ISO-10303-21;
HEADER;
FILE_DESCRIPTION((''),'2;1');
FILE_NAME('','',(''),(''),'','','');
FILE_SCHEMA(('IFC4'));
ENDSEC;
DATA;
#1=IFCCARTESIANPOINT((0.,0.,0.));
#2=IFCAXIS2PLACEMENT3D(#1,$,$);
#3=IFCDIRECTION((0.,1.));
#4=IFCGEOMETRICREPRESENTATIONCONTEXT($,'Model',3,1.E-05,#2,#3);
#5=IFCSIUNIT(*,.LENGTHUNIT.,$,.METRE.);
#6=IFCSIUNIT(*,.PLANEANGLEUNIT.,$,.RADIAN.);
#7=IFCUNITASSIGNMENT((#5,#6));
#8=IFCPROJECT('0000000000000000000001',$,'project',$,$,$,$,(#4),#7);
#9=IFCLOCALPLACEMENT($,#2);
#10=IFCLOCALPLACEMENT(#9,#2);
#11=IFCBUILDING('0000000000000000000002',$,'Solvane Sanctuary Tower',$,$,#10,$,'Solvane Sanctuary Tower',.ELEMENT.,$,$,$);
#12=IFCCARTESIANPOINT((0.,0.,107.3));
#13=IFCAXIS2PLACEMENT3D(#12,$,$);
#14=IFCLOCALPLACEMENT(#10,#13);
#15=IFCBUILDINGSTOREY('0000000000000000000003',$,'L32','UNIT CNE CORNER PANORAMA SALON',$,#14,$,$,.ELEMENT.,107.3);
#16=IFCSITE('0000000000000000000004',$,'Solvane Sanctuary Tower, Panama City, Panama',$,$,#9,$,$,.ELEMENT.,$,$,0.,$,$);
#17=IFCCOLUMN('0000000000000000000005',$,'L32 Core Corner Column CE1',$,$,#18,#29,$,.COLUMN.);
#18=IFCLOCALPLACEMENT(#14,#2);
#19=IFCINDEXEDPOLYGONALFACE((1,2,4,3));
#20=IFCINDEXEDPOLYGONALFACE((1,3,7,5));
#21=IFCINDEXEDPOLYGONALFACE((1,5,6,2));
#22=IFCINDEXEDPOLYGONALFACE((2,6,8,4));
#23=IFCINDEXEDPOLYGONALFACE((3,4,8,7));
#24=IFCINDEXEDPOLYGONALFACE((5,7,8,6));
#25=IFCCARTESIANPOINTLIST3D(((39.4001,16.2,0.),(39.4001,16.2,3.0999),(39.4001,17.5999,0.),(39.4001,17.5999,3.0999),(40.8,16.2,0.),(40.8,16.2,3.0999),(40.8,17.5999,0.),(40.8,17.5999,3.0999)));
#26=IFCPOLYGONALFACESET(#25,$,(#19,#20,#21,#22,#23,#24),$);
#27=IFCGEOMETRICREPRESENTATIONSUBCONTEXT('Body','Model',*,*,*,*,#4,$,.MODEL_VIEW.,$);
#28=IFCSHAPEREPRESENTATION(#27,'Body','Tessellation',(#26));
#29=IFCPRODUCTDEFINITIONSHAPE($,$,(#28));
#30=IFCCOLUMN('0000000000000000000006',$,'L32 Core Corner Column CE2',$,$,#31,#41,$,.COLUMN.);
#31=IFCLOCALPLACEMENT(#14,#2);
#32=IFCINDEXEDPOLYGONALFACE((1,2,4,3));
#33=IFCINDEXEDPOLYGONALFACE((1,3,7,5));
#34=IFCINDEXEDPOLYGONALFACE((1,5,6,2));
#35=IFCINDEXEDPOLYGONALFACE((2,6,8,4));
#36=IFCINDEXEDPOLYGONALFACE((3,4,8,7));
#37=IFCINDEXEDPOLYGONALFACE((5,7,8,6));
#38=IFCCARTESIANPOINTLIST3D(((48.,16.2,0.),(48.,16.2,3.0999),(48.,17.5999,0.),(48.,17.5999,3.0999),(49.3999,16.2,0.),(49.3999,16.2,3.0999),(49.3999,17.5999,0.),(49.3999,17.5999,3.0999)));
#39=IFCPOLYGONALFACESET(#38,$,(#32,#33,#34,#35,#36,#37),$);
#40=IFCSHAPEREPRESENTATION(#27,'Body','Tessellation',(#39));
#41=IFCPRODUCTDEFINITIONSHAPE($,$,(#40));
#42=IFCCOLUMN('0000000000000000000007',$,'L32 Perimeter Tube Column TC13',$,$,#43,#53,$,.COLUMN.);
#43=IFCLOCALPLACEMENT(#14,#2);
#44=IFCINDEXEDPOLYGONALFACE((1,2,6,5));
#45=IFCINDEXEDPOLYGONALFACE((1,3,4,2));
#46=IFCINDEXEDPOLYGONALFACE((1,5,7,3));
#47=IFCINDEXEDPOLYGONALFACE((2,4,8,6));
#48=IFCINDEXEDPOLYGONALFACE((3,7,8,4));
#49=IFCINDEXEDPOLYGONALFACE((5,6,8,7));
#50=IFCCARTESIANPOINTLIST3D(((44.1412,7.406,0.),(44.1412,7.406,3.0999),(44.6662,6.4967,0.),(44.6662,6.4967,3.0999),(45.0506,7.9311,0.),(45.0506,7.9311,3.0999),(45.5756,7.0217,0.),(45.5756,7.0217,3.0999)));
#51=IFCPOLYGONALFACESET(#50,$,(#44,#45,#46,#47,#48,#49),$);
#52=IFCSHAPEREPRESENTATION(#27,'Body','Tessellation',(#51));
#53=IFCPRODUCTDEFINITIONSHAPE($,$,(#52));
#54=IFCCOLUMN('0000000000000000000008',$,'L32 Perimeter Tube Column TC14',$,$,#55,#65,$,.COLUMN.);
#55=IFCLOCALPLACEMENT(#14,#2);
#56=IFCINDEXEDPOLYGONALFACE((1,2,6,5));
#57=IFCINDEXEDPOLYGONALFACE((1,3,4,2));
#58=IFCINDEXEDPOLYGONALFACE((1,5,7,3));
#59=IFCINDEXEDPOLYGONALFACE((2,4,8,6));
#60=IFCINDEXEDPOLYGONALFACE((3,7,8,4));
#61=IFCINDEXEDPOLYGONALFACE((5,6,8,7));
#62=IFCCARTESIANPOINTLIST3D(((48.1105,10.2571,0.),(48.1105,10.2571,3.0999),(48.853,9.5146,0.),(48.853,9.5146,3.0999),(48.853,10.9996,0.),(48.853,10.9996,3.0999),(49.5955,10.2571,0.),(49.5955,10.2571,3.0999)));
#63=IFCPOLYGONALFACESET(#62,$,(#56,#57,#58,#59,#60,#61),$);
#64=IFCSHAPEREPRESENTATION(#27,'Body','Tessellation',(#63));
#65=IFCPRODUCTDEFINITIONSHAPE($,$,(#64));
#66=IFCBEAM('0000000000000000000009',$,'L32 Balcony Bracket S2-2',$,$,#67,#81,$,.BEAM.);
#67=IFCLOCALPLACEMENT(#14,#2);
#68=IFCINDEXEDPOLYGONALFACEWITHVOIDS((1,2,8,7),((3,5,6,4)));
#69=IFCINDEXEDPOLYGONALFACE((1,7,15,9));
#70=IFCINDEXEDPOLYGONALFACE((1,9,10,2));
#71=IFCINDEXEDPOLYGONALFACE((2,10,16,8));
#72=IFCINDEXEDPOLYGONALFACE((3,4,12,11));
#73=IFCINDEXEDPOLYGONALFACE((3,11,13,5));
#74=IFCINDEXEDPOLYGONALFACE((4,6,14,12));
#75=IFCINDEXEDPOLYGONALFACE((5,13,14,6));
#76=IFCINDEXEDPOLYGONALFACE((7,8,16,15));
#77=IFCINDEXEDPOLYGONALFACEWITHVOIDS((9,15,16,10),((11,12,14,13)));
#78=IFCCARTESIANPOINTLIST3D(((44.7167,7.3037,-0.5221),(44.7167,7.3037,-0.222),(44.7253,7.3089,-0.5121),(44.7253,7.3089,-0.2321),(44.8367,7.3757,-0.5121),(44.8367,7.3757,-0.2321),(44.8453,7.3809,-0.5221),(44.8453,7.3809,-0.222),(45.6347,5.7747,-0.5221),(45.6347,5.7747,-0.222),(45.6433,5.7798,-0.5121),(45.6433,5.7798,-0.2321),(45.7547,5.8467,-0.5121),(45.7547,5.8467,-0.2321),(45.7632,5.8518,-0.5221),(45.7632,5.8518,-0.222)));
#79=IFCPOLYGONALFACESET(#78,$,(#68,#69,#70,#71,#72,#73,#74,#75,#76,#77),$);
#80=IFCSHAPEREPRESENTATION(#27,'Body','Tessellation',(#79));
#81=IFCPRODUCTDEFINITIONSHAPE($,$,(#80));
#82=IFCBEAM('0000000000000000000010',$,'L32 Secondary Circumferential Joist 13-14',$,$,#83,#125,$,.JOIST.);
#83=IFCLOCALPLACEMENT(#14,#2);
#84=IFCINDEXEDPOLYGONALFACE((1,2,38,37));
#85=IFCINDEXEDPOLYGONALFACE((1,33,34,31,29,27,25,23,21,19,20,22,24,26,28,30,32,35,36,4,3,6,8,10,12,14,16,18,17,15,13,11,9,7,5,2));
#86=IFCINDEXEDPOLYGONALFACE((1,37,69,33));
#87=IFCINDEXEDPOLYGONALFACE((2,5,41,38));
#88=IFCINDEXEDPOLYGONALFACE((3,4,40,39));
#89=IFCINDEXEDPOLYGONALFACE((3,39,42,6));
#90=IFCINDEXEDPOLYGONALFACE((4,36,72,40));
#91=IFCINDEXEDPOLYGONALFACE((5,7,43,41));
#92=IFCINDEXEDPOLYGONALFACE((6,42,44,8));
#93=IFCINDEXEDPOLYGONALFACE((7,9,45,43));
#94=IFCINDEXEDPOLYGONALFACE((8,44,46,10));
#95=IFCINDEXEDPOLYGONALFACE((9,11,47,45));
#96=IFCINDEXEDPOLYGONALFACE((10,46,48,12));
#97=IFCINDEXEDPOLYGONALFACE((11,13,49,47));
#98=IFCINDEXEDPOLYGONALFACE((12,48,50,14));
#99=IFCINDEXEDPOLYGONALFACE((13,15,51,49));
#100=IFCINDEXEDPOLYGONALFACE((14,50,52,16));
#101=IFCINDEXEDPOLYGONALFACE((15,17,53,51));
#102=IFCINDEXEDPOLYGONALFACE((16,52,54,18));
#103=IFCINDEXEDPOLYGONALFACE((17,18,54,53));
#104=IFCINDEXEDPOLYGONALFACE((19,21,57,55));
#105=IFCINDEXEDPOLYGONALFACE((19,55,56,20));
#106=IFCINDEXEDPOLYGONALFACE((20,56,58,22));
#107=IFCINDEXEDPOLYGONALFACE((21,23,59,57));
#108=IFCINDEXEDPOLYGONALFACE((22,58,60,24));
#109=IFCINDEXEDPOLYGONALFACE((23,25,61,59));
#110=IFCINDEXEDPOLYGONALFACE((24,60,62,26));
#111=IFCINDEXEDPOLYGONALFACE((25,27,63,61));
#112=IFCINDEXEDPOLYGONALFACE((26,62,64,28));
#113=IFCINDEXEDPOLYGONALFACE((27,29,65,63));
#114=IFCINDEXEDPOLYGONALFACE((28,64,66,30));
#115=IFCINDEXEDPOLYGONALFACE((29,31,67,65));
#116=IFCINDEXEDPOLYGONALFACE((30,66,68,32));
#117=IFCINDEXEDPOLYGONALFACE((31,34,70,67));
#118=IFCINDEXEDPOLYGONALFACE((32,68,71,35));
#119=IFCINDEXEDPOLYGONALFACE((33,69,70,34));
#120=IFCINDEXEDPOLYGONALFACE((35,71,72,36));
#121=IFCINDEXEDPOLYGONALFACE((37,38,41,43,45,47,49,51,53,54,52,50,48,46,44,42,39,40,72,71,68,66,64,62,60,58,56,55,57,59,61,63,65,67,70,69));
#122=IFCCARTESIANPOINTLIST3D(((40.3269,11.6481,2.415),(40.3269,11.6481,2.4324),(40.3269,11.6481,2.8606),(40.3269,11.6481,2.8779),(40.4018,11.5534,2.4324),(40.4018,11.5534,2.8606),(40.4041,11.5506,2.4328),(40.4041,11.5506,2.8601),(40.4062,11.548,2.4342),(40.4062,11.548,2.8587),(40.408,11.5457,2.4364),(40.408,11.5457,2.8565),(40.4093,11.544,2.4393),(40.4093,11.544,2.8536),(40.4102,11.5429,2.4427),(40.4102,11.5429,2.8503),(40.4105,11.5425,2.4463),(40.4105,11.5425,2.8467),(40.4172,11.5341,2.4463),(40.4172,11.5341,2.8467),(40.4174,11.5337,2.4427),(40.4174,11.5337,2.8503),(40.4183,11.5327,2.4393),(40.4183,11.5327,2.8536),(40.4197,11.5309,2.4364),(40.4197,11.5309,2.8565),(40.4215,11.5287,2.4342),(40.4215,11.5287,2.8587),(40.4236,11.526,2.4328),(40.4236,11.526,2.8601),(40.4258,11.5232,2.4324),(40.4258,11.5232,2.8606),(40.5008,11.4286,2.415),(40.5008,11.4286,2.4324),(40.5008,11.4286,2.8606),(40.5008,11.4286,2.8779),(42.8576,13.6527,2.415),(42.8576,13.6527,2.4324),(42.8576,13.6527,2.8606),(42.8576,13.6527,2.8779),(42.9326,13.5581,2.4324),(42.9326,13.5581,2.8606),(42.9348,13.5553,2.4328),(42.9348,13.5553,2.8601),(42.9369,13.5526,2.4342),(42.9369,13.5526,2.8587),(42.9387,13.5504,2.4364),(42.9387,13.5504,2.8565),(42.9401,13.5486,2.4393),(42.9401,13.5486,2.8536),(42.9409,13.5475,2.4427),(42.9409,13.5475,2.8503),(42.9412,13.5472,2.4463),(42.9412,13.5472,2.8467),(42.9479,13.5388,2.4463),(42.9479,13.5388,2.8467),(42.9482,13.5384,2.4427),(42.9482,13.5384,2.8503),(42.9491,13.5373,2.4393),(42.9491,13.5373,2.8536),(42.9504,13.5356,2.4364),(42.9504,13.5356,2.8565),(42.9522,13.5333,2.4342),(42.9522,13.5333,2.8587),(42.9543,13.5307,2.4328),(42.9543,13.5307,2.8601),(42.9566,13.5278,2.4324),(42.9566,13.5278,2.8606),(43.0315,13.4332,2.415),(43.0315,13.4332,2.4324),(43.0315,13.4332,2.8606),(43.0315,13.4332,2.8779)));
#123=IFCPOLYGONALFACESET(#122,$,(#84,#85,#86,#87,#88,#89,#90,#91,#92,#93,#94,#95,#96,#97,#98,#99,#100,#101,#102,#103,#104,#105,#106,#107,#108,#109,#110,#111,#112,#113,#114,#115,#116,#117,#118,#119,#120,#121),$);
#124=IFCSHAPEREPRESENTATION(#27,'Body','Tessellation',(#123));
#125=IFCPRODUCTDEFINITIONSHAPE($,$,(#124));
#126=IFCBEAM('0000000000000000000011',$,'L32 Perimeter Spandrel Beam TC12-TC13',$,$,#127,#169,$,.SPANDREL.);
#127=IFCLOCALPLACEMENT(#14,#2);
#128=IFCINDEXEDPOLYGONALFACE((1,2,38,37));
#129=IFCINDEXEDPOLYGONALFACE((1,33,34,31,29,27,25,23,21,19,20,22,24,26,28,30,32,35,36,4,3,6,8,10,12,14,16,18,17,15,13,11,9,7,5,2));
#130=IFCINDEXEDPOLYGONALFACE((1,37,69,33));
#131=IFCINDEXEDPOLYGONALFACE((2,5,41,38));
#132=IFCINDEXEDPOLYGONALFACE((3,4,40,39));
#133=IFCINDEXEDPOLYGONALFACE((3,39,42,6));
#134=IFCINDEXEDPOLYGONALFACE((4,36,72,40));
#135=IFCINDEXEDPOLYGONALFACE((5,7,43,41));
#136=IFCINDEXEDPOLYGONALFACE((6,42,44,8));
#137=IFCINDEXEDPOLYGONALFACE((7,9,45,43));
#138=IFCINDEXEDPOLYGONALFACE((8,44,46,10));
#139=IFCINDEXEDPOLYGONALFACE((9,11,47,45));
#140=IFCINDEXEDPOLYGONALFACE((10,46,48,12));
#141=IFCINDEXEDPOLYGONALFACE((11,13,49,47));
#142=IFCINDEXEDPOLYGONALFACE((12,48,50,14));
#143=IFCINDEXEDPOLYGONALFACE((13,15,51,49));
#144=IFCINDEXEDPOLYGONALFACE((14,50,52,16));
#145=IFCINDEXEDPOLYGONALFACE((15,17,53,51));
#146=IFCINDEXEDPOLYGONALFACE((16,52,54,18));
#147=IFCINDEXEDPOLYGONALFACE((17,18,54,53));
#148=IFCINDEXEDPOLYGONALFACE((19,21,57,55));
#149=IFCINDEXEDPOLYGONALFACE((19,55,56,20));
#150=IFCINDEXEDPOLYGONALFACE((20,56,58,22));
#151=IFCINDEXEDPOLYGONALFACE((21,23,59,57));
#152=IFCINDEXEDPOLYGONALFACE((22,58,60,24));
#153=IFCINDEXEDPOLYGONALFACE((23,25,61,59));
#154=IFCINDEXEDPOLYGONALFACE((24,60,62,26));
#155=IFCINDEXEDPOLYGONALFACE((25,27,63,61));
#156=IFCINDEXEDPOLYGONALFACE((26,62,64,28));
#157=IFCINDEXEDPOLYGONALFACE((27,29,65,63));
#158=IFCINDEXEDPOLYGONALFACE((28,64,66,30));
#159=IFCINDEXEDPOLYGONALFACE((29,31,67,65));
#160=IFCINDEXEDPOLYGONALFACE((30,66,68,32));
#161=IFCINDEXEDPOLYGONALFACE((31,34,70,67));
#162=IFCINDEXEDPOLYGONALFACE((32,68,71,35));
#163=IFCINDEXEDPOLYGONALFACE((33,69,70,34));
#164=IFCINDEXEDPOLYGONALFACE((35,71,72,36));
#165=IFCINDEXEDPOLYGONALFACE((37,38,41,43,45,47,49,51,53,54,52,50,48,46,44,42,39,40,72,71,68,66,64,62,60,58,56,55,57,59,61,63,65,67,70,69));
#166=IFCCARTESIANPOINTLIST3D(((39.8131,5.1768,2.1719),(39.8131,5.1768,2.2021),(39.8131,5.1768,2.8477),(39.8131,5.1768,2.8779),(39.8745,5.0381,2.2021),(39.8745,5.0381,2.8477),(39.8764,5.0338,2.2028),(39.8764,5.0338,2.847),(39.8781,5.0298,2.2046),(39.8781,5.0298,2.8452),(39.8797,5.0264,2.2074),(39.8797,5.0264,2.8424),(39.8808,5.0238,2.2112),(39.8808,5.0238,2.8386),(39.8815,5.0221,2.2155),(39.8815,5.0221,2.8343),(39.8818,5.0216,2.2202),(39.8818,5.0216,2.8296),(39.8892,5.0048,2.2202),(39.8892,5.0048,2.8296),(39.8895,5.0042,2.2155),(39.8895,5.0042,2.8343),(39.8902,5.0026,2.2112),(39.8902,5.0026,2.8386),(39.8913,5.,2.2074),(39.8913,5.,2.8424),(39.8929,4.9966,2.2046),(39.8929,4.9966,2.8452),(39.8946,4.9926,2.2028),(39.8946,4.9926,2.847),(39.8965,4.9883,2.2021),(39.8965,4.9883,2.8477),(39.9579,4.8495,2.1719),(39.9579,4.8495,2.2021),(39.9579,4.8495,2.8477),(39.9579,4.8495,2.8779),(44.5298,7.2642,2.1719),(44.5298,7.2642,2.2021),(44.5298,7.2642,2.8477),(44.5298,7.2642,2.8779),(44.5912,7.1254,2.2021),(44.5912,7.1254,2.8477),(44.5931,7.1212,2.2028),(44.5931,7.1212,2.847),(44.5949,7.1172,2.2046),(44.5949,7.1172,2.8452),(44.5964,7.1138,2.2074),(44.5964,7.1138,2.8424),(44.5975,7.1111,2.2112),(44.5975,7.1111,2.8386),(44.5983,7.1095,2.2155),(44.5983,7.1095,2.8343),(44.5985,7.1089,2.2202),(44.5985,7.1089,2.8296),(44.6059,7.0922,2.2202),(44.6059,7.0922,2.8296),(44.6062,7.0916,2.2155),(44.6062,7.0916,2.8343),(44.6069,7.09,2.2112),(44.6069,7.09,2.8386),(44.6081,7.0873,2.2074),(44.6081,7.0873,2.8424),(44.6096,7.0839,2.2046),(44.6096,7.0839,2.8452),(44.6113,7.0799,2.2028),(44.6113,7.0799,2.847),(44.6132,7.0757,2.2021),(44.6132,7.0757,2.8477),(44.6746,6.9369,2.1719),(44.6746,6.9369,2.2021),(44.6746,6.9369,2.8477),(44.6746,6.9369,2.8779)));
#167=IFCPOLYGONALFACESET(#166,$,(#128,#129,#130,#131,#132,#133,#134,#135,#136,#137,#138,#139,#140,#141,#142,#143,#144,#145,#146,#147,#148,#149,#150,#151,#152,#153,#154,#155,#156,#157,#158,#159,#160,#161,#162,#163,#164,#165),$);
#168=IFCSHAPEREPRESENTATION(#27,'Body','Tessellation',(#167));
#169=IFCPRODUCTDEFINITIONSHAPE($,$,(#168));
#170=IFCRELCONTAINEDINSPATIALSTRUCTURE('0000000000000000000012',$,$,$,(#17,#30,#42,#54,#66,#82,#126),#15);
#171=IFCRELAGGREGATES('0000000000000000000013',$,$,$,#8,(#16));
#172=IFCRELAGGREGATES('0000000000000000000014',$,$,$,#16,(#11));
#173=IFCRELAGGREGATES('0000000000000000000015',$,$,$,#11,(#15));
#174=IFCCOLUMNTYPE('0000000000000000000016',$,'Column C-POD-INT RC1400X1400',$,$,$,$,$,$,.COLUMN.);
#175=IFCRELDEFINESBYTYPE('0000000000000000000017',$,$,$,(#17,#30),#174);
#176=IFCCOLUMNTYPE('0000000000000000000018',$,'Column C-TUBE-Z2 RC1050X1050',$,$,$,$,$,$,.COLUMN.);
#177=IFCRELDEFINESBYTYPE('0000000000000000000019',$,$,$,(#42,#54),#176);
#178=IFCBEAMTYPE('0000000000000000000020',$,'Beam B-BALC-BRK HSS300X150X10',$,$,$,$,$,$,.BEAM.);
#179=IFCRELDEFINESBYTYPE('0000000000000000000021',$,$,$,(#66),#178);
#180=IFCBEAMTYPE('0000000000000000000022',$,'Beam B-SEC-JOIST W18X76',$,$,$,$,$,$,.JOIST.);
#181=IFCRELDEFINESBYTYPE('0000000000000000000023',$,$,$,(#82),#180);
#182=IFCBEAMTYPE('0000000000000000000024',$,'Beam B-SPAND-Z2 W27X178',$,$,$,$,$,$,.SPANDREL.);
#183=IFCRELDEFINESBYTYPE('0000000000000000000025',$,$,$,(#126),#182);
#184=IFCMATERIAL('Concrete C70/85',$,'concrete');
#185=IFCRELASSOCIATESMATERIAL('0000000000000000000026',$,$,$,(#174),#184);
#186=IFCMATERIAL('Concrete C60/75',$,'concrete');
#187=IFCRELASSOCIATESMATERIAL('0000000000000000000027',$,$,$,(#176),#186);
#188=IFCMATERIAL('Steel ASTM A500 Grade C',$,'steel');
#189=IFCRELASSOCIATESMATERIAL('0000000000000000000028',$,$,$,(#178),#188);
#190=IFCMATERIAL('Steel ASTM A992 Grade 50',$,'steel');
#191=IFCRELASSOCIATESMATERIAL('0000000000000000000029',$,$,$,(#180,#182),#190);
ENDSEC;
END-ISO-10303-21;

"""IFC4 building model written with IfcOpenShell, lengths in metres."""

from ifc_helpers import new_model, si_unit, direction, frame, origin, origin_2d, place, context, subcontext, project, spatial, rectangle, hollow_rectangle, i_section, extrude, material, material_profile, profile_set, type_object, element, save


model = new_model("IFC4")

# Units and contexts
model_context = context("Model", 3, precision=1e-05, world=origin(), true_north=direction((0.0, 1.0)))
body_context = subcontext(model_context, "Body", "Model", "MODEL_VIEW")
ifc_project = project(units=[si_unit("LENGTHUNIT", "METRE"), si_unit("PLANEANGLEUNIT", "RADIAN")], contexts=[model_context])

# Site, building, storey
site_placement = place(None, origin())
site = spatial("IfcSite", under=ifc_project, at=site_placement, Name="Solvane Sanctuary Tower, Panama City, Panama", CompositionType="ELEMENT", RefElevation=0.0)
building_placement = place(site_placement, origin())
building = spatial("IfcBuilding", under=site, at=building_placement, Name="Solvane Sanctuary Tower", LongName="Solvane Sanctuary Tower", CompositionType="ELEMENT")
storey_placement = place(building_placement, frame((0.0, 0.0, 107.3)))
storey = spatial("IfcBuildingStorey", under=building, at=storey_placement, Name="L32", Description="UNIT CNE CORNER PANORAMA SALON", CompositionType="ELEMENT", Elevation=107.3)

# Columns
ifc_material_1 = material(Name="Concrete C70/85", Category="concrete")
ifc_material_profile_1 = material_profile(ifc_material_1, rectangle(XDim=1.3999, YDim=1.3999, at=origin_2d()), Name="RC1400X1400")
ifc_profile_set_1 = profile_set([ifc_material_profile_1], Name="Concrete C70/85")
column_type_1 = type_object("IfcColumnType", Name="Column C-POD-INT RC1400X1400", PredefinedType="COLUMN", material=ifc_profile_set_1)
for number, where, z_axis, x_axis, name in (
    (1, (40.1001, 16.8999, 0.0), (0.0, 0.0, 1.0), (1.0, 0.0, 0.0), "L32 Core Corner Column CE1"),
    (2, (48.7, 16.8999, 0.0), (0.0, 0.0, 1.0), (1.0, 0.0, 0.0), "L32 Core Corner Column CE2"),
):
    element("IfcColumn", number, at=place(storey_placement, frame(where, z_axis=z_axis, x_axis=x_axis)), inside=storey, type_object=column_type_1, Name=name, PredefinedType="COLUMN", context=body_context, shape_type="SweptSolid", body=[
        extrude(rectangle(XDim=1.3999, YDim=1.3999, at=origin_2d()), origin(), (0.0, 0.0, 1.0), 3.0999),
    ])
ifc_material_2 = material(Name="Concrete C60/75", Category="concrete")
ifc_material_profile_2 = material_profile(ifc_material_2, rectangle(XDim=1.05, YDim=1.05, at=origin_2d()), Name="RC1050X1050")
ifc_profile_set_2 = profile_set([ifc_material_profile_2], Name="Concrete C60/75")
column_type_2 = type_object("IfcColumnType", Name="Column C-TUBE-Z2 RC1050X1050", PredefinedType="COLUMN", material=ifc_profile_set_2)
for number, where, z_axis, x_axis, name in (
    (3, (44.8584, 7.2139, 0.0), (0.0, 0.0, 1.0), (0.5, -0.866025, 0.0), "L32 Perimeter Tube Column TC13"),
    (4, (48.853, 10.2571, 0.0), (0.0, 0.0, 1.0), (0.707107, -0.707107, 0.0), "L32 Perimeter Tube Column TC14"),
):
    element("IfcColumn", number, at=place(storey_placement, frame(where, z_axis=z_axis, x_axis=x_axis)), inside=storey, type_object=column_type_2, Name=name, PredefinedType="COLUMN", context=body_context, shape_type="SweptSolid", body=[
        extrude(rectangle(XDim=1.05, YDim=1.05, at=origin_2d()), origin(), (0.0, 0.0, 1.0), 3.0999),
    ])

# Beams
ifc_material_3 = material(Name="Steel ASTM A500 Grade C", Category="steel")
ifc_material_profile_3 = material_profile(ifc_material_3, hollow_rectangle(XDim=0.1499, YDim=0.3, WallThickness=0.01, at=origin_2d()), Name="HSS300X150X10")
ifc_profile_set_3 = profile_set([ifc_material_profile_3], Name="Steel ASTM A500 Grade C")
beam_type_1 = type_object("IfcBeamType", Name="Beam B-BALC-BRK HSS300X150X10", PredefinedType="BEAM", material=ifc_profile_set_3)
beam_1_placement = place(storey_placement, frame((44.781, 7.3423, -0.3721), z_axis=(0.514717, -0.85736, 0.0), x_axis=(0.85736, 0.514717, 0.0)))
element("IfcBeam", 5, at=beam_1_placement, inside=storey, type_object=beam_type_1, Name="L32 Balcony Bracket S2-2", PredefinedType="BEAM", context=body_context, shape_type="SweptSolid", body=[
    extrude(hollow_rectangle(XDim=0.1499, YDim=0.3, WallThickness=0.01, at=origin_2d()), origin(), (0.0, 0.0, 1.0), 1.7834),
])
ifc_material_4 = material(Name="Steel ASTM A992 Grade 50", Category="steel")
ifc_material_profile_4 = material_profile(ifc_material_4, i_section(OverallWidth=0.28, OverallDepth=0.4629, WebThickness=0.0107, FlangeThickness=0.0173, FilletRadius=0.0139, at=origin_2d()), Name="W18X76")
ifc_profile_set_4 = profile_set([ifc_material_profile_4], Name="Steel ASTM A992 Grade 50")
beam_type_2 = type_object("IfcBeamType", Name="Beam B-SEC-JOIST W18X76", PredefinedType="JOIST", material=ifc_profile_set_4)
beam_2_placement = place(storey_placement, frame((40.4138, 11.5383, 2.6465), z_axis=(0.783877, 0.620916, 0.0), x_axis=(-0.620916, 0.783877, 0.0)))
element("IfcBeam", 6, at=beam_2_placement, inside=storey, type_object=beam_type_2, Name="L32 Secondary Circumferential Joist 13-14", PredefinedType="JOIST", context=body_context, shape_type="SweptSolid", body=[
    extrude(i_section(OverallWidth=0.28, OverallDepth=0.4629, WebThickness=0.0107, FlangeThickness=0.0173, FilletRadius=0.0139, at=origin_2d()), origin(), (0.0, 0.0, 1.0), 3.2285),
])
ifc_material_profile_5 = material_profile(ifc_material_4, i_section(OverallWidth=0.3579, OverallDepth=0.7061, WebThickness=0.0183, FlangeThickness=0.0303, FilletRadius=0.0181, at=origin_2d()), Name="W27X178")
ifc_profile_set_5 = profile_set([ifc_material_profile_5], Name="Steel ASTM A992 Grade 50")
beam_type_3 = type_object("IfcBeamType", Name="Beam B-SPAND-Z2 W27X178", PredefinedType="SPANDREL", material=ifc_profile_set_5)
beam_3_placement = place(storey_placement, frame((39.8855, 5.0132, 2.5249), z_axis=(0.914455, 0.404689, 0.0), x_axis=(-0.404689, 0.914455, 0.0)))
element("IfcBeam", 7, at=beam_3_placement, inside=storey, type_object=beam_type_3, Name="L32 Perimeter Spandrel Beam TC12-TC13", PredefinedType="SPANDREL", context=body_context, shape_type="SweptSolid", body=[
    extrude(i_section(OverallWidth=0.3579, OverallDepth=0.7061, WebThickness=0.0183, FlangeThickness=0.0303, FilletRadius=0.0181, at=origin_2d()), origin(), (0.0, 0.0, 1.0), 5.158),
])

save(model, "model.ifc")
